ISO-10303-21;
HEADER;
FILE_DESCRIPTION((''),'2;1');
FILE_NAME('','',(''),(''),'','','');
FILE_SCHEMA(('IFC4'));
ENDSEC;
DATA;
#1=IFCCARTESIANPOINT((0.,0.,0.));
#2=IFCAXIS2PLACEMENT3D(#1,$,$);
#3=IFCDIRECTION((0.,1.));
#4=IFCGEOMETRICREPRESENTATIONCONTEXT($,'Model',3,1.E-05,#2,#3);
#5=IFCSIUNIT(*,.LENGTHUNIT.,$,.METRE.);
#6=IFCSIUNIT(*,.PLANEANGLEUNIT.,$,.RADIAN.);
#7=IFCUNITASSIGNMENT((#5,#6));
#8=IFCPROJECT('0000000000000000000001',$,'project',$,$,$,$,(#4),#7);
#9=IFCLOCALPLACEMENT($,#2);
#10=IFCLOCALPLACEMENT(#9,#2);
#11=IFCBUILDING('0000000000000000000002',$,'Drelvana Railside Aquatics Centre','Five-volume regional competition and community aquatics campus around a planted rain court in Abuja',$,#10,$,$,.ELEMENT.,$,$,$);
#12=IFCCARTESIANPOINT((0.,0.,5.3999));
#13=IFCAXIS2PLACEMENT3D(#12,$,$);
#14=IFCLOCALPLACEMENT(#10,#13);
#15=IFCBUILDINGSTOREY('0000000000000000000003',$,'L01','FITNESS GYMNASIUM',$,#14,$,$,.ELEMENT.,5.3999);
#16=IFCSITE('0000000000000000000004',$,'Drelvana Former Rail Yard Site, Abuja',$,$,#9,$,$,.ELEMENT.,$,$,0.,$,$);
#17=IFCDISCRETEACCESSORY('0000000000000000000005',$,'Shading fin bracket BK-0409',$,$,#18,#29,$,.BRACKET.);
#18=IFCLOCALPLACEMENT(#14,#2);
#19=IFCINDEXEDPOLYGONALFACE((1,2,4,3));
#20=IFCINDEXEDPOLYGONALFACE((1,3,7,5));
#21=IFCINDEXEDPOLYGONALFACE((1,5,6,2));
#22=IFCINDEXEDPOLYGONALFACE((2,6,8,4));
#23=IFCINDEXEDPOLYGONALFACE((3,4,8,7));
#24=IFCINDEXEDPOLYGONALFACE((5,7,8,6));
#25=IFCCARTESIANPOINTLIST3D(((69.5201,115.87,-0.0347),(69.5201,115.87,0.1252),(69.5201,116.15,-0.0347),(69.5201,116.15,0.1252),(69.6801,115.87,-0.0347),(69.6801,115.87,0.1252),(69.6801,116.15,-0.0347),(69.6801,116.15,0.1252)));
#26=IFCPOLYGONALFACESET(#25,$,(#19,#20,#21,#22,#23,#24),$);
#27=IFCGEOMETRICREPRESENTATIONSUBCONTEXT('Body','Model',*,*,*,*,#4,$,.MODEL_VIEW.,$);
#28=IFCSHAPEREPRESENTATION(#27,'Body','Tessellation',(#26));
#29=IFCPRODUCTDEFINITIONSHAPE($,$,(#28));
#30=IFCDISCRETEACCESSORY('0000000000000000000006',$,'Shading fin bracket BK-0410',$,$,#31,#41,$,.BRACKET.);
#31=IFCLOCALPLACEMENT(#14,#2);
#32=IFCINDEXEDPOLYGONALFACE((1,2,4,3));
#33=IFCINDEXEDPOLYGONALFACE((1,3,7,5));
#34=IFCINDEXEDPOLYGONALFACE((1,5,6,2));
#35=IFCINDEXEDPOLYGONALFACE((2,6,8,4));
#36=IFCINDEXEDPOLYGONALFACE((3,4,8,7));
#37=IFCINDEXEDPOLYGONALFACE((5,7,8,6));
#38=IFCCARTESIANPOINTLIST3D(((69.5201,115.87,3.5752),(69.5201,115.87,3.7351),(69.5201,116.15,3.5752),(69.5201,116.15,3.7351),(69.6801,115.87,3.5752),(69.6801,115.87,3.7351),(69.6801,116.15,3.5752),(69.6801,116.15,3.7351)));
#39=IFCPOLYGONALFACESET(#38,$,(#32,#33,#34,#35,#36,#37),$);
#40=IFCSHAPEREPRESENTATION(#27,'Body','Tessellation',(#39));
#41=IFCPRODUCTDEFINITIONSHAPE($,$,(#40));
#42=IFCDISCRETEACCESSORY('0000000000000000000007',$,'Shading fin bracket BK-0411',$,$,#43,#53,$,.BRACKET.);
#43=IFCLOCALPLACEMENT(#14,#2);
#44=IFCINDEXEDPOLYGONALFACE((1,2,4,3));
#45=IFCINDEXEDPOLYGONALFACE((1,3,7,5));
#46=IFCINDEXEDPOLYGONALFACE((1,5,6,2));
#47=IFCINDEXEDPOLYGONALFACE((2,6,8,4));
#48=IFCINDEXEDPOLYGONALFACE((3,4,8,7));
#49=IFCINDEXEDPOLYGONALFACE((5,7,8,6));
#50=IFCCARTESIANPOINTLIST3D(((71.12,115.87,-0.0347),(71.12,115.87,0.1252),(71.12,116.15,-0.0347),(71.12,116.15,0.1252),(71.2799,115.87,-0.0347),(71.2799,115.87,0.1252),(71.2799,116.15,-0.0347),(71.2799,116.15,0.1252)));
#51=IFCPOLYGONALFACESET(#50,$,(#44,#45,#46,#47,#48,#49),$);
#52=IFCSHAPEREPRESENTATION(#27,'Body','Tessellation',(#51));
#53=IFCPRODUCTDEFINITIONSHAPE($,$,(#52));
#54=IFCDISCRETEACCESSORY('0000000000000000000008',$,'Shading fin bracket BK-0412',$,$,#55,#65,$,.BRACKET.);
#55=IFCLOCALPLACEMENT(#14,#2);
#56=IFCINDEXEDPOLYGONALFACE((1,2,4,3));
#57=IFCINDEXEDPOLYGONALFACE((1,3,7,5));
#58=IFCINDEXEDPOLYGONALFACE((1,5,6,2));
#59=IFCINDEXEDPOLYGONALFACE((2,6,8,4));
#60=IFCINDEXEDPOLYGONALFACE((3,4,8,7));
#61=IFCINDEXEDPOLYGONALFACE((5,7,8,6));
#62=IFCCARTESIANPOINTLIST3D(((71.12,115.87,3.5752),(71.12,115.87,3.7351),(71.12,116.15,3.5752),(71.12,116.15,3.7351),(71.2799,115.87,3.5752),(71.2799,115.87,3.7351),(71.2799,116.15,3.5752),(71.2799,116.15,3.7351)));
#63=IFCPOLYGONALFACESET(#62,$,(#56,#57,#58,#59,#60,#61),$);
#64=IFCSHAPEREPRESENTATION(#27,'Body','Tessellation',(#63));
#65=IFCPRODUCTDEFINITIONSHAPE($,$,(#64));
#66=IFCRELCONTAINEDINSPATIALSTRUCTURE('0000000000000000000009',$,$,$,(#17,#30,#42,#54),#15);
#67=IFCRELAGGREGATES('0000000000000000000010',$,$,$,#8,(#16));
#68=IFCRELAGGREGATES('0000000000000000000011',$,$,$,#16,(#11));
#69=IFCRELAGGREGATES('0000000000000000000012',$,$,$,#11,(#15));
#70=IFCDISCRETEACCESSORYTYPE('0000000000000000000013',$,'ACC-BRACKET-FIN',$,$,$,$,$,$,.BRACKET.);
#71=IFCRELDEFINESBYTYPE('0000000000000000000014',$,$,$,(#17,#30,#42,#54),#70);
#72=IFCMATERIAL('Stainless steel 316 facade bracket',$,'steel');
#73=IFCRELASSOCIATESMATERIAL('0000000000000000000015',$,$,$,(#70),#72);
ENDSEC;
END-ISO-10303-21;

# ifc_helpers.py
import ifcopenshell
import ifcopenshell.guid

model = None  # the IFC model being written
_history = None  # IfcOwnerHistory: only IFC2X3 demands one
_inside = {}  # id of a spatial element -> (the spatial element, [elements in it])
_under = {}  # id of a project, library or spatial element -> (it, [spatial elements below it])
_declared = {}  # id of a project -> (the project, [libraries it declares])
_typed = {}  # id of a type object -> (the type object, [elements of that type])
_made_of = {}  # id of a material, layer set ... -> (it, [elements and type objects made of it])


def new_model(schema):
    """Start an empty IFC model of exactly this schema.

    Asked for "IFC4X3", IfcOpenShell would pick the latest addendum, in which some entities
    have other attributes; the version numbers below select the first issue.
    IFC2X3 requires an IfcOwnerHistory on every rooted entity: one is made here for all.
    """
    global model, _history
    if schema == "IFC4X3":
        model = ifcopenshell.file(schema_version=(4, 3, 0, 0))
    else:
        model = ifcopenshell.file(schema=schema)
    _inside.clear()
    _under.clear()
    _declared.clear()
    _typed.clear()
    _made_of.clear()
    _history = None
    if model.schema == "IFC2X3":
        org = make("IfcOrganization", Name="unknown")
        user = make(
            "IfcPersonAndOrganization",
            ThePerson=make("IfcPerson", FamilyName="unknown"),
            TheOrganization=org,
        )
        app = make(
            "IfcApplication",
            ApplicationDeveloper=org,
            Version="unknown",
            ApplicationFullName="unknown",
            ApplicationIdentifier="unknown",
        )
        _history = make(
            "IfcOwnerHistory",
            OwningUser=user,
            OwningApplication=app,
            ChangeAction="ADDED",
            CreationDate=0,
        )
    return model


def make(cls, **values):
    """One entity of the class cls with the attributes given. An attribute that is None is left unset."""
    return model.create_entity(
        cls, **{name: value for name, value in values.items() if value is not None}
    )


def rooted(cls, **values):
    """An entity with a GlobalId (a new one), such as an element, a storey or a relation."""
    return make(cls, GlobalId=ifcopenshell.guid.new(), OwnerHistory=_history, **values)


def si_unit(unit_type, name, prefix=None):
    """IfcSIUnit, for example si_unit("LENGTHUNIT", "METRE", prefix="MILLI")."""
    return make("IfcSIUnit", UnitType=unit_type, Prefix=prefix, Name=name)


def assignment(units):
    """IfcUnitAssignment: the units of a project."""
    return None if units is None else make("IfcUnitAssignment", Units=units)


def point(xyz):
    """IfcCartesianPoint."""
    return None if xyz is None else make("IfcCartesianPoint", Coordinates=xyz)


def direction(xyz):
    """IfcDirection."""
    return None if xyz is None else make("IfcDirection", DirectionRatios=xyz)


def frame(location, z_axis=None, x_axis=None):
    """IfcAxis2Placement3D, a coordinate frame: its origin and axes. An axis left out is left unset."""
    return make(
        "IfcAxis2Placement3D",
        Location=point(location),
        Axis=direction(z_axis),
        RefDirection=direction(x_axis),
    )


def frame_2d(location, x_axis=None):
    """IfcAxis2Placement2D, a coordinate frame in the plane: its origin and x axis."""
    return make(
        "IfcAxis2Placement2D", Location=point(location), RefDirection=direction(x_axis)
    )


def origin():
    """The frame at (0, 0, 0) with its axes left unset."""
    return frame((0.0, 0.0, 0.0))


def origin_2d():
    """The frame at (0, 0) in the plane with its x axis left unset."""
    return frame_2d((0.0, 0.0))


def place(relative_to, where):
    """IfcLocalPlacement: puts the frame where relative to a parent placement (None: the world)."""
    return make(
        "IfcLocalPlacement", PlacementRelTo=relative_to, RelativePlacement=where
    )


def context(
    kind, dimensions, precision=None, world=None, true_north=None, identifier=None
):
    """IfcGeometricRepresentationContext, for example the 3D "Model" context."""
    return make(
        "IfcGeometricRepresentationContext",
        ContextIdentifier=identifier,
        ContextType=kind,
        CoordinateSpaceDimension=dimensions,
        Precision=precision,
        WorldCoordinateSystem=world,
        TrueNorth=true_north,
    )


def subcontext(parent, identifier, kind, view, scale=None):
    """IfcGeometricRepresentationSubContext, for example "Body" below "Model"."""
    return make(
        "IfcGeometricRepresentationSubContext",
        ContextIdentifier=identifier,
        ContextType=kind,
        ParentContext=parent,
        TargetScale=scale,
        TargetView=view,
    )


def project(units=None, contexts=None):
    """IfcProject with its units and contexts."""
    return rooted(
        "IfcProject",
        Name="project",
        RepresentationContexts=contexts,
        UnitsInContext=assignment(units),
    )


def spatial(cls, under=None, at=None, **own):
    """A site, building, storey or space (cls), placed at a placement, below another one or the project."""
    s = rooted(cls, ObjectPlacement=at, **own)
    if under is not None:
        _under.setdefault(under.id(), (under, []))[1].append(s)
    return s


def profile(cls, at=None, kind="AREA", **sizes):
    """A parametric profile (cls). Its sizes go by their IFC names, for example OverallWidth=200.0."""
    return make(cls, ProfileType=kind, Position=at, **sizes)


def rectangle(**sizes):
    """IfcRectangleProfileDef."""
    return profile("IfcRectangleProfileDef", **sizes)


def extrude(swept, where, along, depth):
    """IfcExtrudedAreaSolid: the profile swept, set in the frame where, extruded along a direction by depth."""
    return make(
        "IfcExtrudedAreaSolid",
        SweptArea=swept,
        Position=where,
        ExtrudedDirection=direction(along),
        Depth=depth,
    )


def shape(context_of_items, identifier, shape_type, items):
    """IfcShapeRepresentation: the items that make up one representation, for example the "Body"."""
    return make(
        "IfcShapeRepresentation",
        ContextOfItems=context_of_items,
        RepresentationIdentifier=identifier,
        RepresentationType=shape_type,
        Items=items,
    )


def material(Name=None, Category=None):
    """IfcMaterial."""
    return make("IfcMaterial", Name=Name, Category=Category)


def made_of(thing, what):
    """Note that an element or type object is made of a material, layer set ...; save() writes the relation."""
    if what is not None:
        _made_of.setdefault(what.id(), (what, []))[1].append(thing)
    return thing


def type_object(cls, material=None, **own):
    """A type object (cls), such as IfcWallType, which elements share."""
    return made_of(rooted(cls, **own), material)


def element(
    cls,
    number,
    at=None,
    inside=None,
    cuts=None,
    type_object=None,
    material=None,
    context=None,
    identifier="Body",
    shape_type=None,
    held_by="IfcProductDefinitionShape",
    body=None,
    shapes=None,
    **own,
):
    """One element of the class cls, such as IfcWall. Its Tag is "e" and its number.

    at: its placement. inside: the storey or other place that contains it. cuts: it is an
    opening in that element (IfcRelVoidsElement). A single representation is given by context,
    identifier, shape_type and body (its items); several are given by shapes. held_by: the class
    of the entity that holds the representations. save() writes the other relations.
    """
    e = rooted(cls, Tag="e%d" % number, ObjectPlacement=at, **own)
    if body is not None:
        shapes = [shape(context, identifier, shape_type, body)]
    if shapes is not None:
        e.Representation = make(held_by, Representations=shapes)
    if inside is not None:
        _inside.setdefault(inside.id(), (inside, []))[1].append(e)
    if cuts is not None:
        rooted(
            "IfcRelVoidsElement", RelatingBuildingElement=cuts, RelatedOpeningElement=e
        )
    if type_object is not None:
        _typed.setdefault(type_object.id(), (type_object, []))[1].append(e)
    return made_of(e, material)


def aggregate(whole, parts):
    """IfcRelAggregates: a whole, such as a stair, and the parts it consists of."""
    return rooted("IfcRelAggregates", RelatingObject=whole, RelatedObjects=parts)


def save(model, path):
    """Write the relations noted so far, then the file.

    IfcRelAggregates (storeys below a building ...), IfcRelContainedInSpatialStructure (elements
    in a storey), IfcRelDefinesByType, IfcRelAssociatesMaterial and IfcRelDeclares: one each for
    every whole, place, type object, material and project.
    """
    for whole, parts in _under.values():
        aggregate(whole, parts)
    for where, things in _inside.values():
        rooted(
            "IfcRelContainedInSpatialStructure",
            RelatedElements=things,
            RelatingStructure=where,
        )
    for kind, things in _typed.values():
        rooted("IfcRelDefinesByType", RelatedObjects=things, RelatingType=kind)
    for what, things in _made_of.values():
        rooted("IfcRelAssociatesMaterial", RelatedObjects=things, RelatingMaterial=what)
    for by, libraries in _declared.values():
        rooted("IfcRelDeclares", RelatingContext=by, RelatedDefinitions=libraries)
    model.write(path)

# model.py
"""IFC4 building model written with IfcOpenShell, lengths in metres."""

from ifc_helpers import new_model, si_unit, direction, frame, origin, origin_2d, place, context, subcontext, project, spatial, rectangle, extrude, material, type_object, element, save


model = new_model("IFC4")

# Units and contexts
model_context = context("Model", 3, precision=1e-05, world=origin(), true_north=direction((0.0, 1.0)))
body_context = subcontext(model_context, "Body", "Model", "MODEL_VIEW")
ifc_project = project(units=[si_unit("LENGTHUNIT", "METRE"), si_unit("PLANEANGLEUNIT", "RADIAN")], contexts=[model_context])

# Site, building, storey
site_placement = place(None, origin())
site = spatial("IfcSite", under=ifc_project, at=site_placement, Name="Drelvana Former Rail Yard Site, Abuja", CompositionType="ELEMENT", RefElevation=0.0)
building_placement = place(site_placement, origin())
building = spatial("IfcBuilding", under=site, at=building_placement, Name="Drelvana Railside Aquatics Centre", Description="Five-volume regional competition and community aquatics campus around a planted rain court in Abuja", CompositionType="ELEMENT")
storey_placement = place(building_placement, frame((0.0, 0.0, 5.3999)))
storey = spatial("IfcBuildingStorey", under=building, at=storey_placement, Name="L01", Description="FITNESS GYMNASIUM", CompositionType="ELEMENT", Elevation=5.3999)

# Discrete accessories
ifc_material_1 = material(Name="Stainless steel 316 facade bracket", Category="steel")
discrete_accessory_type = type_object("IfcDiscreteAccessoryType", Name="ACC-BRACKET-FIN", PredefinedType="BRACKET", material=ifc_material_1)
for number, where, z_axis, x_axis, name in (
    (1, (69.6001, 116.01, -0.0347), (0.0, 0.0, 1.0), (0.0, 1.0, 0.0), "Shading fin bracket BK-0409"),
    (2, (69.6001, 116.01, 3.5752), (0.0, 0.0, 1.0), (0.0, 1.0, 0.0), "Shading fin bracket BK-0410"),
    (3, (71.2, 116.01, -0.0347), (0.0, 0.0, 1.0), (0.0, 1.0, 0.0), "Shading fin bracket BK-0411"),
    (4, (71.2, 116.01, 3.5752), (0.0, 0.0, 1.0), (0.0, 1.0, 0.0), "Shading fin bracket BK-0412"),
):
    element("IfcDiscreteAccessory", number, at=place(storey_placement, frame(where, z_axis=z_axis, x_axis=x_axis)), inside=storey, type_object=discrete_accessory_type, Name=name, PredefinedType="BRACKET", context=body_context, shape_type="SweptSolid", body=[
        extrude(rectangle(XDim=0.28, YDim=0.1599, at=origin_2d()), origin(), (0.0, 0.0, 1.0), 0.1599),
    ])

save(model, "model.ifc")
